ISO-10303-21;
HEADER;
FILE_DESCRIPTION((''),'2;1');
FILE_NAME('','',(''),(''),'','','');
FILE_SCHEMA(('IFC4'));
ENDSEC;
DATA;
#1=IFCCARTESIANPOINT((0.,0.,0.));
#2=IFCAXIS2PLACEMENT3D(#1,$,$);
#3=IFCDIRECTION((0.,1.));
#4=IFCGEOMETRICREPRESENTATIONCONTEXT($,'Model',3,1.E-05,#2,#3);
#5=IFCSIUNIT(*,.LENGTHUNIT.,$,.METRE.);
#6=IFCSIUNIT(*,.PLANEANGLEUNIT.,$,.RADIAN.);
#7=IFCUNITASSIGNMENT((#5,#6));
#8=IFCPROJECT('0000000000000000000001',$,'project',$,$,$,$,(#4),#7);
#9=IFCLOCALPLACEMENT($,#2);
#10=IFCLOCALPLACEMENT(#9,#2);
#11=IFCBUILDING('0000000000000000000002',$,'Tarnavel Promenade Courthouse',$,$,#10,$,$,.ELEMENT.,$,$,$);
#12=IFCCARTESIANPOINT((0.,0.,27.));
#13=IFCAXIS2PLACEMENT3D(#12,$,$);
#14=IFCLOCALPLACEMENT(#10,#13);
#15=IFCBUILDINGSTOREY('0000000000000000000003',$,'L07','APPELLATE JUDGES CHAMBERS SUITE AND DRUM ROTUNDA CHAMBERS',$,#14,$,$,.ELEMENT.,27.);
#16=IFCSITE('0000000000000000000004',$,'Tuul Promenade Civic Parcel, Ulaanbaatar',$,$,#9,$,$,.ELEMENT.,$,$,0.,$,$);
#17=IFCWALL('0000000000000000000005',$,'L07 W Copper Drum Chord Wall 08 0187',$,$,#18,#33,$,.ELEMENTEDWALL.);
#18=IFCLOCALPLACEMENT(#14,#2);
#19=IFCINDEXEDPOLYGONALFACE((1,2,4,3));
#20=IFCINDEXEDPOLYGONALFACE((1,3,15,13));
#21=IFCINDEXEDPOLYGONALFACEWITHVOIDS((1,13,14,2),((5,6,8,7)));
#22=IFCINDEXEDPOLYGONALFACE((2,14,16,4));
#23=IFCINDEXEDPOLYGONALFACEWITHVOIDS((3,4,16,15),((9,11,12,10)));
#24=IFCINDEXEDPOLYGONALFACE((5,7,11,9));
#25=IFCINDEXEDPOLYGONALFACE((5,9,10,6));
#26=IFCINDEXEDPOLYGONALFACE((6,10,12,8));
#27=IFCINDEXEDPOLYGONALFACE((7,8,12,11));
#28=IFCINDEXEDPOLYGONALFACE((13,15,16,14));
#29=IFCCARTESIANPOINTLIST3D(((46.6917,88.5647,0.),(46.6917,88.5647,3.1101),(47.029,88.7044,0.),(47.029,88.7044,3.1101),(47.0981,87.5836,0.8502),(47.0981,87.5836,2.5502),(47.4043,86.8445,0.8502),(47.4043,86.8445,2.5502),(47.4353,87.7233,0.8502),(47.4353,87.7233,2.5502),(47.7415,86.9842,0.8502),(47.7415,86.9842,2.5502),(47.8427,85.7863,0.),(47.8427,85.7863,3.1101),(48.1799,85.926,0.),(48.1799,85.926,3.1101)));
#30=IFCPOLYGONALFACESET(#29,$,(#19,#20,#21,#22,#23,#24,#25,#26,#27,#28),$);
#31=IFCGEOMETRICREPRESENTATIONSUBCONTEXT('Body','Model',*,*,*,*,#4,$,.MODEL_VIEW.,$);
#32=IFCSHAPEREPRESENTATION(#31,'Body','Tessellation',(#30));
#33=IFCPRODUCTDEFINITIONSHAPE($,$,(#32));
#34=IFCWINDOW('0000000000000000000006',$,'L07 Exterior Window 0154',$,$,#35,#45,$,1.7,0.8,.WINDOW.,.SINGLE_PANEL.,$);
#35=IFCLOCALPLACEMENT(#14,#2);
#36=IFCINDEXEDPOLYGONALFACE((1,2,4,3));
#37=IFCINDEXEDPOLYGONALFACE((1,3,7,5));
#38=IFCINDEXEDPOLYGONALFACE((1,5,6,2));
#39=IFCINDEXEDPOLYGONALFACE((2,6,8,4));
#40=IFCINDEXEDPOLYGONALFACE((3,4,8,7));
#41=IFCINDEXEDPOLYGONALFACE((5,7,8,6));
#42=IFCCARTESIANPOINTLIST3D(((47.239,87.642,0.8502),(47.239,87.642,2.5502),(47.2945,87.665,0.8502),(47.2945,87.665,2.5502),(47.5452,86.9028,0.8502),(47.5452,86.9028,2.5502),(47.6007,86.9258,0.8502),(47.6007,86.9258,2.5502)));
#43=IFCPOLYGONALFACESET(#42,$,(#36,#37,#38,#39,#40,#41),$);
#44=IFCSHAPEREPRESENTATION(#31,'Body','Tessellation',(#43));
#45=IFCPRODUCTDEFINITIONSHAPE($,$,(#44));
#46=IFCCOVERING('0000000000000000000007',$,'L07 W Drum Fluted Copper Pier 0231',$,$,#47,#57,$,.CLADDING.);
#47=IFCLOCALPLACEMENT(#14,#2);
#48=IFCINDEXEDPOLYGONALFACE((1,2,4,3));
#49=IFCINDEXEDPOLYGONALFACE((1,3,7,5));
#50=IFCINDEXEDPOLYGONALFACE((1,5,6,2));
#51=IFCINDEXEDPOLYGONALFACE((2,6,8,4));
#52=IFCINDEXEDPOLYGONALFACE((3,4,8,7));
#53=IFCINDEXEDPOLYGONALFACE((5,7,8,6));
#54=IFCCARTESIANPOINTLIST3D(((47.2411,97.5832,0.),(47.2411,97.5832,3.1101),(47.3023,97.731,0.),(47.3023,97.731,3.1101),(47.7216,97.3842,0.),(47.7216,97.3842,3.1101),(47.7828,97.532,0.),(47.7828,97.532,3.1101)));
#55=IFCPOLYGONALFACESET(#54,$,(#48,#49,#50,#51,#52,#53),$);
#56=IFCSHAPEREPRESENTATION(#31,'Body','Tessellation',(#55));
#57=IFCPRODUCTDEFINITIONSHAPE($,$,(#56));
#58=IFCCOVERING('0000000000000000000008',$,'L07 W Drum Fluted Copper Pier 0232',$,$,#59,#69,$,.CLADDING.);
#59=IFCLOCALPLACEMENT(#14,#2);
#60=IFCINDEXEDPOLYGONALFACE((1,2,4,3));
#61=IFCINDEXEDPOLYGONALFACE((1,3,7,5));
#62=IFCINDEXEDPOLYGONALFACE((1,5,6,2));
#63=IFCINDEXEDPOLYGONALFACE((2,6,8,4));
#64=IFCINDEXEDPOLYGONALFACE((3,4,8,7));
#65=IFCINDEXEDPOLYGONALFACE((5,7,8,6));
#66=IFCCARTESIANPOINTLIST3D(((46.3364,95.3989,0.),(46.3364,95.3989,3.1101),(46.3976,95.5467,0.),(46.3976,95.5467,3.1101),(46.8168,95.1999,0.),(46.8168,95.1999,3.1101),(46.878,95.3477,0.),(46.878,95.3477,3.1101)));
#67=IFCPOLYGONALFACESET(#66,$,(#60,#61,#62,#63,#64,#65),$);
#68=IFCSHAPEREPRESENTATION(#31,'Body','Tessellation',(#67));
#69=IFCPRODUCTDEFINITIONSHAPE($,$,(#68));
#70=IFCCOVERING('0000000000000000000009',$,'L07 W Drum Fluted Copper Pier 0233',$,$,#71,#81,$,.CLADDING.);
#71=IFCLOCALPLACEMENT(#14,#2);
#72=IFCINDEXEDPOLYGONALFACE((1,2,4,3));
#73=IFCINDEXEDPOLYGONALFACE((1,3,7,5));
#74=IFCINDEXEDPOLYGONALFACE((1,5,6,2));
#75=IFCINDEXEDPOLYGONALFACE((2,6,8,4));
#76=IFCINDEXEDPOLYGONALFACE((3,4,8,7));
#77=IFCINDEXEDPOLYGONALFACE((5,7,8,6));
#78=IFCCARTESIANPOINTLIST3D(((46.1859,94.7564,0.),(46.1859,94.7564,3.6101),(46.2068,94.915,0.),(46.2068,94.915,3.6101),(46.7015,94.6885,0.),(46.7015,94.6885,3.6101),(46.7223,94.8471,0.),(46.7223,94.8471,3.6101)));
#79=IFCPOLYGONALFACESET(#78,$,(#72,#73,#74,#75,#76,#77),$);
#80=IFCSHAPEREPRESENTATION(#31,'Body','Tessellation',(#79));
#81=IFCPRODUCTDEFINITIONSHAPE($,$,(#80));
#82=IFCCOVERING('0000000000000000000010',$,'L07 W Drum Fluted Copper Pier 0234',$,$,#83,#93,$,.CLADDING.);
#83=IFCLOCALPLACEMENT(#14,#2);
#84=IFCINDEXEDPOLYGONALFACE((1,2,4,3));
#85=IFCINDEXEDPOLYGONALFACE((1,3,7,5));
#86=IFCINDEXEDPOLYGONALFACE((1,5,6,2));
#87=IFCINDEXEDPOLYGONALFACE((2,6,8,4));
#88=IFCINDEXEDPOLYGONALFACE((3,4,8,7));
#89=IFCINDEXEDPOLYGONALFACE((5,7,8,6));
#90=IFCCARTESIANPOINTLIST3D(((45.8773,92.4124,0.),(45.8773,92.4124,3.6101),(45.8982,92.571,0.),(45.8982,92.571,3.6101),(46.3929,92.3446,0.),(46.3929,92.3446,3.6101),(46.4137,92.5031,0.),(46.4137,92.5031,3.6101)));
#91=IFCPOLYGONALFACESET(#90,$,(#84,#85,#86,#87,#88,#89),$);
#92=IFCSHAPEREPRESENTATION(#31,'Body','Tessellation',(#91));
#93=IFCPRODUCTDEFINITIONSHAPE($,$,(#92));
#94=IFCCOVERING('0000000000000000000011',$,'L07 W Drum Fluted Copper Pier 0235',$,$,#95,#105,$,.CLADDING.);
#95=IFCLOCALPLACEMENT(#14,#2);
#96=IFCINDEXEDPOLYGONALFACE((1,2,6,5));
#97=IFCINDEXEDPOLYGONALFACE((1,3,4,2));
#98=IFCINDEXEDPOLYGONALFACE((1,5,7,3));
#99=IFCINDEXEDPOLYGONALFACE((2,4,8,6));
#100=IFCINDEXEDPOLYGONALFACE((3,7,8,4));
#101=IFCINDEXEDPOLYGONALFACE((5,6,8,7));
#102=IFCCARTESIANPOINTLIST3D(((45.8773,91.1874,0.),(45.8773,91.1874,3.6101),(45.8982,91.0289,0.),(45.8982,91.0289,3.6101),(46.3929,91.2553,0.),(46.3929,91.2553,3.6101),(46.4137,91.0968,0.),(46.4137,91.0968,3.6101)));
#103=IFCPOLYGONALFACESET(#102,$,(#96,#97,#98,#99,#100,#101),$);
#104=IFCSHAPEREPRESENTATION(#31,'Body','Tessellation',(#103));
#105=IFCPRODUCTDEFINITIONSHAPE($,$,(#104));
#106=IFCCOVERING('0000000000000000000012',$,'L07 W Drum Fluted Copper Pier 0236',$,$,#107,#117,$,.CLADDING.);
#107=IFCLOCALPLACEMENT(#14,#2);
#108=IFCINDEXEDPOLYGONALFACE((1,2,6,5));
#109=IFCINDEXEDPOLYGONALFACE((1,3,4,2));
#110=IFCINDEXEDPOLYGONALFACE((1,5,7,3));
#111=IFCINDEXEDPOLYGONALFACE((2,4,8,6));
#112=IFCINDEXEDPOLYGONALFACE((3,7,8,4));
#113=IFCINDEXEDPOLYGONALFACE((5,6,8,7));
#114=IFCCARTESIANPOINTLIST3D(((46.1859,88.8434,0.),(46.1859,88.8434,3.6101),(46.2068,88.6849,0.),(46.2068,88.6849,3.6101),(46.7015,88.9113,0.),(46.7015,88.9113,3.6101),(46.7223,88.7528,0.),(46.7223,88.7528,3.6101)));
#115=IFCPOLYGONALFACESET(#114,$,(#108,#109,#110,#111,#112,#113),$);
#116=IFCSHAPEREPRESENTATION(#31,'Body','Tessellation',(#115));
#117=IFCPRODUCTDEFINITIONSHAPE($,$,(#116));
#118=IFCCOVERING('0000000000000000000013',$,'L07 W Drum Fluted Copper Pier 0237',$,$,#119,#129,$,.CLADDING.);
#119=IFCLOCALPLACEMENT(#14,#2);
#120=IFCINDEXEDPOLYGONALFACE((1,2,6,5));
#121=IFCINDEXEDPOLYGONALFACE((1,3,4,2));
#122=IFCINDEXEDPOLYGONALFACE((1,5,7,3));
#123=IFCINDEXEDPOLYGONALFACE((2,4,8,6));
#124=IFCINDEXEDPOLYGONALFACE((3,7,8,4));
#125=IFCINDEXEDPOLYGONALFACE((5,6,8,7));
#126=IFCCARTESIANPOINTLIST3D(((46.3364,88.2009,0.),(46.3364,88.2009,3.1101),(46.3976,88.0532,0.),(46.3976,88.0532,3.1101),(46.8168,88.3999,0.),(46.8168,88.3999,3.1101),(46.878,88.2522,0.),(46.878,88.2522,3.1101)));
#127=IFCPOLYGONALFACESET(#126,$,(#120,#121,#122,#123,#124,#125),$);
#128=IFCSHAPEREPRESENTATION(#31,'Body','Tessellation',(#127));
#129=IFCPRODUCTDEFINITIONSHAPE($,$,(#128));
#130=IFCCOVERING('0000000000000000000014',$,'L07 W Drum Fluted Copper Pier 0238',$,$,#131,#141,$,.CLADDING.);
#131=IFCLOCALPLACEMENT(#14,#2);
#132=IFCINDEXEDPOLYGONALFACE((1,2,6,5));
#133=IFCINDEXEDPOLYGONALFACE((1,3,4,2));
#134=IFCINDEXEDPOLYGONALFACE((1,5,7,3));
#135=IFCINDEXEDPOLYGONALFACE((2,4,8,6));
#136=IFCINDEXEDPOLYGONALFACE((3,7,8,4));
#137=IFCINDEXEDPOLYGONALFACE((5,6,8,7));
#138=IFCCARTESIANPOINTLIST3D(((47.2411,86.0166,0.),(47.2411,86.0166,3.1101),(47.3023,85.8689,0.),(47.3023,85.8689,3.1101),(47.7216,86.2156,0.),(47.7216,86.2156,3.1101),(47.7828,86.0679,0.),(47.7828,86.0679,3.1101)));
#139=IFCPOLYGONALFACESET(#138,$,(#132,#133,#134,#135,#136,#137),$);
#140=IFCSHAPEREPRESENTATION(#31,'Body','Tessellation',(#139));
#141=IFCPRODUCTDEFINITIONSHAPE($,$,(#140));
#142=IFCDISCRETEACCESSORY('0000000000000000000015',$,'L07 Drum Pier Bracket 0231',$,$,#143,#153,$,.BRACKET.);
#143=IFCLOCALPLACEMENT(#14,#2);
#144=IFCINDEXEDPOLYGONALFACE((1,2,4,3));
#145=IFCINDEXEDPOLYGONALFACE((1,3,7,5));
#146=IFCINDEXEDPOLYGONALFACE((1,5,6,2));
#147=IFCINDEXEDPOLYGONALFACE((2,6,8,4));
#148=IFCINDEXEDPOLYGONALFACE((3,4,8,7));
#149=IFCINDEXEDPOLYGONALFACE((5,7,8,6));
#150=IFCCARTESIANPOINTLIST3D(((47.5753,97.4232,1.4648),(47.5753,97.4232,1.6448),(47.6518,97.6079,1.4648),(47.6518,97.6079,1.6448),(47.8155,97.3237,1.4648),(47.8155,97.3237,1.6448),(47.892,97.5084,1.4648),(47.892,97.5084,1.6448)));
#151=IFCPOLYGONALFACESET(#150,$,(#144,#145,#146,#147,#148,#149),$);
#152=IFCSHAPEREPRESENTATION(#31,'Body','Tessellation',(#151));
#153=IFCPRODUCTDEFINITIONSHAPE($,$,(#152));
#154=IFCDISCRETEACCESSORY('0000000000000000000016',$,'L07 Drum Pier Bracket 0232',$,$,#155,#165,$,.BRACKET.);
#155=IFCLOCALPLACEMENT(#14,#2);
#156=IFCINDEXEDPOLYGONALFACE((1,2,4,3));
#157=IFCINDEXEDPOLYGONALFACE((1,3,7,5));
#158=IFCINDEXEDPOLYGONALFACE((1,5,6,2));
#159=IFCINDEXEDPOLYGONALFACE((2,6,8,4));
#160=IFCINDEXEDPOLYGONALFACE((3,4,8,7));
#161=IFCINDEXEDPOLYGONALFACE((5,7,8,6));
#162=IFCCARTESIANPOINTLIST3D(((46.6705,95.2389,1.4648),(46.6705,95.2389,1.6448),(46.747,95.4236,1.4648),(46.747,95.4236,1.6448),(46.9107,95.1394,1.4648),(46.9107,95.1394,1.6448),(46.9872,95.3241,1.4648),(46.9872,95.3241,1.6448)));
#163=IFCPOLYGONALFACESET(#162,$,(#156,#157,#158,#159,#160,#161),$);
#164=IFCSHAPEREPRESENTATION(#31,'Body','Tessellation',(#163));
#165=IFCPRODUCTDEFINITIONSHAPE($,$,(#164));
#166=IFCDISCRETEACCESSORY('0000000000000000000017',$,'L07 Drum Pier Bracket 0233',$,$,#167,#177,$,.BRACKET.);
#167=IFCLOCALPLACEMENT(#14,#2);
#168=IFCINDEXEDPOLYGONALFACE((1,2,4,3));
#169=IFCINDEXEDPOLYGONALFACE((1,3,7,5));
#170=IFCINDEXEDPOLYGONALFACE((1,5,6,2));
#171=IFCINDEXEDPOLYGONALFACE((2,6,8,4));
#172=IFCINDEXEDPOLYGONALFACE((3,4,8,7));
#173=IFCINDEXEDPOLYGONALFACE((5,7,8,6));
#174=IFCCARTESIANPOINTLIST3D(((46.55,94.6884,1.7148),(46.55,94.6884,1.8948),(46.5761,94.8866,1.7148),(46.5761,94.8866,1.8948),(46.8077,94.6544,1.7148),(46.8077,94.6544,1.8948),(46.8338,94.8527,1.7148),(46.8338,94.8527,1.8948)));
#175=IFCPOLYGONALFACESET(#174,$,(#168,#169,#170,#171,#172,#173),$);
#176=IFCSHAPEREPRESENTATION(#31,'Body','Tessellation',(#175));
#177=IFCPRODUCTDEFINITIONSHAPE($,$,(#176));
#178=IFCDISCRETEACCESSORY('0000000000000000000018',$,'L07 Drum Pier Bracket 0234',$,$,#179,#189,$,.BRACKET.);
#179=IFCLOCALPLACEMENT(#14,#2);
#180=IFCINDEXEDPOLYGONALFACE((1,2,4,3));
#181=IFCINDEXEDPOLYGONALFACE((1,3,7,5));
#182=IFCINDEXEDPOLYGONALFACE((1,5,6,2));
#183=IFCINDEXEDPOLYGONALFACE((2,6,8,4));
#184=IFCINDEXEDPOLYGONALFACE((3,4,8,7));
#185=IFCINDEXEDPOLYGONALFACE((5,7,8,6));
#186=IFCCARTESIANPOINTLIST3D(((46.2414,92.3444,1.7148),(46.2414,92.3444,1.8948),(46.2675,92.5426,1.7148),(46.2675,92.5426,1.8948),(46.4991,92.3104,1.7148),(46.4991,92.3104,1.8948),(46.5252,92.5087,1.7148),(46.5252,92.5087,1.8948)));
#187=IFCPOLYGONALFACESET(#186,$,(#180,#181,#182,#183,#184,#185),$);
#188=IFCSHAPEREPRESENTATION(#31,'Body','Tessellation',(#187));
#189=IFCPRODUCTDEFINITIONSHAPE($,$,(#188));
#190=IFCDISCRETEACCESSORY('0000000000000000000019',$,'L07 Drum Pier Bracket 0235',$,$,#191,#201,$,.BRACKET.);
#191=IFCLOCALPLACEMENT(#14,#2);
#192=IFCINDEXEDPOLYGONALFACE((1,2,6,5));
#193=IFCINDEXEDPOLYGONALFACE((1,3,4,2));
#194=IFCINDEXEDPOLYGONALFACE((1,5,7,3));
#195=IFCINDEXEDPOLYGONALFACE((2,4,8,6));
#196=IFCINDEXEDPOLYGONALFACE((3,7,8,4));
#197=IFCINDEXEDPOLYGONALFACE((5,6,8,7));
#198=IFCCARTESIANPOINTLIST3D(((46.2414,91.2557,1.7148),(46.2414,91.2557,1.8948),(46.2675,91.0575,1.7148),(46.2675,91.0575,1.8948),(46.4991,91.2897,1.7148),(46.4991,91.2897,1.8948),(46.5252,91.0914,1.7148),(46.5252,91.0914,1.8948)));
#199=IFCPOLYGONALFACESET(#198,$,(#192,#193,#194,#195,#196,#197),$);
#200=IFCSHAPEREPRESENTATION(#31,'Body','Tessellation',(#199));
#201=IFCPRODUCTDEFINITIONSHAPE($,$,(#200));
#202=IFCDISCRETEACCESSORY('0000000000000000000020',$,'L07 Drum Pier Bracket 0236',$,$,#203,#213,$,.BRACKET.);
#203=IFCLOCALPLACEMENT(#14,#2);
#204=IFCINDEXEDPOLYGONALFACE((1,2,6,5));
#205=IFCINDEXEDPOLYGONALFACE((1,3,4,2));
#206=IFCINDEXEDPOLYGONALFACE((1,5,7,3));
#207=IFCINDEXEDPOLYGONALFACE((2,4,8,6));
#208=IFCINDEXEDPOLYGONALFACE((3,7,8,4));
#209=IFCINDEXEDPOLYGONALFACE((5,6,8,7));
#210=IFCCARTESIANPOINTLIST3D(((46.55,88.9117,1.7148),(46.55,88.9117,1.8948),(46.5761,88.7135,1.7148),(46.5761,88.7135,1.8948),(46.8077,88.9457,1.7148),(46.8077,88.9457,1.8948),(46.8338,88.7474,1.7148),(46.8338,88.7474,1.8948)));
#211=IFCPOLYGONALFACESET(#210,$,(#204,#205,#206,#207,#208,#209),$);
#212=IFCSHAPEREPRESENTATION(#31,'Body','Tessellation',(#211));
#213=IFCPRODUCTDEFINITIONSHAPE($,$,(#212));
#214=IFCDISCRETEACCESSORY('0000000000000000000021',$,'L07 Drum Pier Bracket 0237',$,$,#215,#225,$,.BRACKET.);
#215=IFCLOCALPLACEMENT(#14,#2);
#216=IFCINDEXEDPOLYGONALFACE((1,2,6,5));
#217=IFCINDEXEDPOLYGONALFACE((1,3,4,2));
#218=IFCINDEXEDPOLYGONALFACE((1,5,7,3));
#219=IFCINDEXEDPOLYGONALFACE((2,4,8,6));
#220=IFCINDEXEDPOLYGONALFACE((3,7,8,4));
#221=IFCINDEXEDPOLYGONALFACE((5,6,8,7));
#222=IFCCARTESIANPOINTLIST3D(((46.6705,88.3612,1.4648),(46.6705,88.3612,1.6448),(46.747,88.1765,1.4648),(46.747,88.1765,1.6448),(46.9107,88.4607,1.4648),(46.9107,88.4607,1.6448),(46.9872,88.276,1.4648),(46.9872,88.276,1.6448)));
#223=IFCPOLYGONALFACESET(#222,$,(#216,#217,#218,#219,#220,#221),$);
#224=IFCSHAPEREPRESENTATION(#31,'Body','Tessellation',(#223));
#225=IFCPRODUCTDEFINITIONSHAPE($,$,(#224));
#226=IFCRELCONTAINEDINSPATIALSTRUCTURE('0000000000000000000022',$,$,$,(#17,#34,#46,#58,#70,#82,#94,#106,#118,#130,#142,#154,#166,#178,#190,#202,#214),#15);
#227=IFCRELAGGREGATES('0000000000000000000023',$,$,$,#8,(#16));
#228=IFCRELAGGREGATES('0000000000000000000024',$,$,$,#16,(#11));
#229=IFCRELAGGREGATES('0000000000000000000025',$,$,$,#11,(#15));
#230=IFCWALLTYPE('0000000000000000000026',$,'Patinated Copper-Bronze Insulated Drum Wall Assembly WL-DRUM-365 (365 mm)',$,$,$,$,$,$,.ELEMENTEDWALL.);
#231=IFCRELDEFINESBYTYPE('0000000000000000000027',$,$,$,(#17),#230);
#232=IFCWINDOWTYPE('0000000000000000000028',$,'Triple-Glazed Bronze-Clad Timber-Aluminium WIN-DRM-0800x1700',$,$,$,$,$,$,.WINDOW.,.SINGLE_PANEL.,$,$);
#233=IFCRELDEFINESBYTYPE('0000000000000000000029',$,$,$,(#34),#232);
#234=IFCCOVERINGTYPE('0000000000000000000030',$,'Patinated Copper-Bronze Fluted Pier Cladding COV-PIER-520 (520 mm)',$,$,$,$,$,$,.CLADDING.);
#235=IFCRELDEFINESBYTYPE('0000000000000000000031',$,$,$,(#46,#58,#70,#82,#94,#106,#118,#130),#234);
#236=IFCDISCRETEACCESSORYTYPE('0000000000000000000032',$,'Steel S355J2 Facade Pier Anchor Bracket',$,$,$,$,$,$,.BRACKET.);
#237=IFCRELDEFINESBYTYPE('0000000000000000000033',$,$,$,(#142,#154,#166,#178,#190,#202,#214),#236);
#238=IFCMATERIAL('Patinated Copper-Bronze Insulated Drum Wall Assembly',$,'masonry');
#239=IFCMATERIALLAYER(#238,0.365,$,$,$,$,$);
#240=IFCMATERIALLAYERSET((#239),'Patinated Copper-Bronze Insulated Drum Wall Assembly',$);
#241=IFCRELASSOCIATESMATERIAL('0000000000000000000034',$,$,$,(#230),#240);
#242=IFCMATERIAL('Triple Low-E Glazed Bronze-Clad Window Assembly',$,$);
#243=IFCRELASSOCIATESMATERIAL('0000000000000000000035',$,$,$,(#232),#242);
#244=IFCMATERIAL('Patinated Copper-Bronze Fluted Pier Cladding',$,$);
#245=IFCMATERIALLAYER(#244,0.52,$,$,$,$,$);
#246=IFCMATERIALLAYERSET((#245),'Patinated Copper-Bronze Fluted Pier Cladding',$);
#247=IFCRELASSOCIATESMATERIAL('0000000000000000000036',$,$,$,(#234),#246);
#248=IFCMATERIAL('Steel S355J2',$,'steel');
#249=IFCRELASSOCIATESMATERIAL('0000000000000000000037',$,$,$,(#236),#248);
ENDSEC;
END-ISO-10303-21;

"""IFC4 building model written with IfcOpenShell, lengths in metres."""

from ifc_helpers import new_model, si_unit, direction, frame, frame_2d, origin, origin_2d, place, context, subcontext, project, spatial, rectangle, extrude, material, layer, layer_set, type_object, element, fill, save


model = new_model("IFC4")

# Units and contexts
model_context = context("Model", 3, precision=1e-05, world=origin(), true_north=direction((0.0, 1.0)))
body_context = subcontext(model_context, "Body", "Model", "MODEL_VIEW")
ifc_project = project(units=[si_unit("LENGTHUNIT", "METRE"), si_unit("PLANEANGLEUNIT", "RADIAN")], contexts=[model_context])

# Site, building, storey
site_placement = place(None, origin())
site = spatial("IfcSite", under=ifc_project, at=site_placement, Name="Tuul Promenade Civic Parcel, Ulaanbaatar", CompositionType="ELEMENT", RefElevation=0.0)
building_placement = place(site_placement, origin())
building = spatial("IfcBuilding", under=site, at=building_placement, Name="Tarnavel Promenade Courthouse", CompositionType="ELEMENT")
storey_placement = place(building_placement, frame((0.0, 0.0, 27.0)))
storey = spatial("IfcBuildingStorey", under=building, at=storey_placement, Name="L07", Description="APPELLATE JUDGES CHAMBERS SUITE AND DRUM ROTUNDA CHAMBERS", CompositionType="ELEMENT", Elevation=27.0)

# Shared definitions
ifc_material_1 = material(Name="Steel S355J2", Category="steel")

# Shared definitions
ifc_material_2 = material(Name="Patinated Copper-Bronze Insulated Drum Wall Assembly", Category="masonry")
ifc_layer_1 = layer(ifc_material_2, 0.365)
ifc_layer_set_1 = layer_set([ifc_layer_1], Name="Patinated Copper-Bronze Insulated Drum Wall Assembly")
wall_type = type_object("IfcWallType", Name="Patinated Copper-Bronze Insulated Drum Wall Assembly WL-DRUM-365 (365 mm)", PredefinedType="ELEMENTEDWALL", material=ifc_layer_set_1)
ifc_material_3 = material(Name="Triple Low-E Glazed Bronze-Clad Window Assembly")
window_type = type_object("IfcWindowType", Name="Triple-Glazed Bronze-Clad Timber-Aluminium WIN-DRM-0800x1700", PartitioningType="SINGLE_PANEL", PredefinedType="WINDOW", material=ifc_material_3)

# Wall, opening, window
wall_1_placement = place(storey_placement, frame((46.8604, 88.6345, 0.0), z_axis=(0.0, 0.0, 1.0), x_axis=(0.382701, -0.923872, 0.0)))
wall_1 = element("IfcWall", 1, at=wall_1_placement, inside=storey, type_object=wall_type, Name="L07 W Copper Drum Chord Wall 08 0187", PredefinedType="ELEMENTEDWALL", context=body_context, shape_type="SweptSolid", body=[
    extrude(rectangle(XDim=3.0073, YDim=0.365, at=frame_2d((1.5037, 0.0))), origin(), (0.0, 0.0, 1.0), 3.1101),
])
opening_1_placement = place(wall_1_placement, frame((1.062, 0.0, 0.8501)))
opening_1 = element("IfcOpeningElement", 2, at=opening_1_placement, cuts=wall_1, PredefinedType="OPENING", context=body_context, shape_type="SweptSolid", body=[
    extrude(rectangle(XDim=0.8, YDim=1.7, at=frame_2d((0.3999, 0.8501))), frame((0.0, 0.1924, 0.0), z_axis=(0.0, -1.0, 0.0), x_axis=(1.0, 0.0, 0.0)), (0.0, 0.0, 1.0), 0.385),
])
window_1_placement = place(opening_1_placement, origin())
window_1 = element("IfcWindow", 3, at=window_1_placement, inside=storey, type_object=window_type, Name="L07 Exterior Window 0154", OverallHeight=1.7, OverallWidth=0.8, PartitioningType="SINGLE_PANEL", PredefinedType="WINDOW", context=body_context, shape_type="SweptSolid", body=[
    extrude(rectangle(XDim=0.8, YDim=1.7, at=frame_2d((0.3999, 0.8501))), frame((0.0, 0.03, 0.0), z_axis=(0.0, -1.0, 0.0), x_axis=(1.0, 0.0, 0.0)), (0.0, 0.0, 1.0), 0.0601),
])
fill(opening_1, window_1)

# Coverings
ifc_material_4 = material(Name="Patinated Copper-Bronze Fluted Pier Cladding")
ifc_layer_2 = layer(ifc_material_4, 0.52)
ifc_layer_set_2 = layer_set([ifc_layer_2], Name="Patinated Copper-Bronze Fluted Pier Cladding")
covering_type = type_object("IfcCoveringType", Name="Patinated Copper-Bronze Fluted Pier Cladding COV-PIER-520 (520 mm)", PredefinedType="CLADDING", material=ifc_layer_set_2)
for number, where, z_axis, x_axis, name in (
    (4, (47.512, 97.5576, 0.0), (0.0, 0.0, 1.0), (-0.382683, -0.92388, 0.0), "L07 W Drum Fluted Copper Pier 0231"),
    (5, (46.6072, 95.3733, 0.0), (0.0, 0.0, 1.0), (-0.382683, -0.92388, 0.0), "L07 W Drum Fluted Copper Pier 0232"),
):
    element("IfcCovering", number, at=place(storey_placement, frame(where, z_axis=z_axis, x_axis=x_axis)), inside=storey, type_object=covering_type, Name=name, PredefinedType="CLADDING", context=body_context, shape_type="SweptSolid", body=[
        extrude(rectangle(XDim=0.1599, YDim=0.52, at=origin_2d()), origin(), (0.0, 0.0, 1.0), 3.1101),
    ])
for number, where, z_axis, x_axis, name in (
    (6, (46.4541, 94.8018, 0.0), (0.0, 0.0, 1.0), (-0.130526, -0.991445, 0.0), "L07 W Drum Fluted Copper Pier 0233"),
    (7, (46.1455, 92.4578, 0.0), (0.0, 0.0, 1.0), (-0.130526, -0.991445, 0.0), "L07 W Drum Fluted Copper Pier 0234"),
    (8, (46.1455, 91.1421, 0.0), (0.0, 0.0, 1.0), (0.130526, -0.991445, 0.0), "L07 W Drum Fluted Copper Pier 0235"),
    (9, (46.4541, 88.7981, 0.0), (0.0, 0.0, 1.0), (0.130526, -0.991445, 0.0), "L07 W Drum Fluted Copper Pier 0236"),
):
    element("IfcCovering", number, at=place(storey_placement, frame(where, z_axis=z_axis, x_axis=x_axis)), inside=storey, type_object=covering_type, Name=name, PredefinedType="CLADDING", context=body_context, shape_type="SweptSolid", body=[
        extrude(rectangle(XDim=0.1599, YDim=0.52, at=origin_2d()), origin(), (0.0, 0.0, 1.0), 3.6101),
    ])
for number, where, z_axis, x_axis, name in (
    (10, (46.6072, 88.2266, 0.0), (0.0, 0.0, 1.0), (0.382683, -0.92388, 0.0), "L07 W Drum Fluted Copper Pier 0237"),
    (11, (47.512, 86.0422, 0.0), (0.0, 0.0, 1.0), (0.382683, -0.92388, 0.0), "L07 W Drum Fluted Copper Pier 0238"),
):
    element("IfcCovering", number, at=place(storey_placement, frame(where, z_axis=z_axis, x_axis=x_axis)), inside=storey, type_object=covering_type, Name=name, PredefinedType="CLADDING", context=body_context, shape_type="SweptSolid", body=[
        extrude(rectangle(XDim=0.1599, YDim=0.52, at=origin_2d()), origin(), (0.0, 0.0, 1.0), 3.1101),
    ])

# Discrete accessories
discrete_accessory_type = type_object("IfcDiscreteAccessoryType", Name="Steel S355J2 Facade Pier Anchor Bracket", PredefinedType="BRACKET", material=ifc_material_1)
for number, where, z_axis, x_axis, name in (
    (12, (47.7336, 97.4658, 1.4648), (0.0, 0.0, 1.0), (-0.382683, -0.92388, 0.0), "L07 Drum Pier Bracket 0231"),
    (13, (46.8289, 95.2815, 1.4648), (0.0, 0.0, 1.0), (-0.382683, -0.92388, 0.0), "L07 Drum Pier Bracket 0232"),
    (14, (46.6919, 94.7705, 1.7148), (0.0, 0.0, 1.0), (-0.130526, -0.991445, 0.0), "L07 Drum Pier Bracket 0233"),
    (15, (46.3833, 92.4265, 1.7148), (0.0, 0.0, 1.0), (-0.130526, -0.991445, 0.0), "L07 Drum Pier Bracket 0234"),
    (16, (46.3833, 91.1736, 1.7148), (0.0, 0.0, 1.0), (0.130526, -0.991445, 0.0), "L07 Drum Pier Bracket 0235"),
    (17, (46.6919, 88.8296, 1.7148), (0.0, 0.0, 1.0), (0.130526, -0.991445, 0.0), "L07 Drum Pier Bracket 0236"),
    (18, (46.8289, 88.3186, 1.4648), (0.0, 0.0, 1.0), (0.382683, -0.92388, 0.0), "L07 Drum Pier Bracket 0237"),
):
    element("IfcDiscreteAccessory", number, at=place(storey_placement, frame(where, z_axis=z_axis, x_axis=x_axis)), inside=storey, type_object=discrete_accessory_type, Name=name, PredefinedType="BRACKET", context=body_context, shape_type="SweptSolid", body=[
        extrude(rectangle(XDim=0.2, YDim=0.26, at=origin_2d()), origin(), (0.0, 0.0, 1.0), 0.1799),
    ])

save(model, "model.ifc")
